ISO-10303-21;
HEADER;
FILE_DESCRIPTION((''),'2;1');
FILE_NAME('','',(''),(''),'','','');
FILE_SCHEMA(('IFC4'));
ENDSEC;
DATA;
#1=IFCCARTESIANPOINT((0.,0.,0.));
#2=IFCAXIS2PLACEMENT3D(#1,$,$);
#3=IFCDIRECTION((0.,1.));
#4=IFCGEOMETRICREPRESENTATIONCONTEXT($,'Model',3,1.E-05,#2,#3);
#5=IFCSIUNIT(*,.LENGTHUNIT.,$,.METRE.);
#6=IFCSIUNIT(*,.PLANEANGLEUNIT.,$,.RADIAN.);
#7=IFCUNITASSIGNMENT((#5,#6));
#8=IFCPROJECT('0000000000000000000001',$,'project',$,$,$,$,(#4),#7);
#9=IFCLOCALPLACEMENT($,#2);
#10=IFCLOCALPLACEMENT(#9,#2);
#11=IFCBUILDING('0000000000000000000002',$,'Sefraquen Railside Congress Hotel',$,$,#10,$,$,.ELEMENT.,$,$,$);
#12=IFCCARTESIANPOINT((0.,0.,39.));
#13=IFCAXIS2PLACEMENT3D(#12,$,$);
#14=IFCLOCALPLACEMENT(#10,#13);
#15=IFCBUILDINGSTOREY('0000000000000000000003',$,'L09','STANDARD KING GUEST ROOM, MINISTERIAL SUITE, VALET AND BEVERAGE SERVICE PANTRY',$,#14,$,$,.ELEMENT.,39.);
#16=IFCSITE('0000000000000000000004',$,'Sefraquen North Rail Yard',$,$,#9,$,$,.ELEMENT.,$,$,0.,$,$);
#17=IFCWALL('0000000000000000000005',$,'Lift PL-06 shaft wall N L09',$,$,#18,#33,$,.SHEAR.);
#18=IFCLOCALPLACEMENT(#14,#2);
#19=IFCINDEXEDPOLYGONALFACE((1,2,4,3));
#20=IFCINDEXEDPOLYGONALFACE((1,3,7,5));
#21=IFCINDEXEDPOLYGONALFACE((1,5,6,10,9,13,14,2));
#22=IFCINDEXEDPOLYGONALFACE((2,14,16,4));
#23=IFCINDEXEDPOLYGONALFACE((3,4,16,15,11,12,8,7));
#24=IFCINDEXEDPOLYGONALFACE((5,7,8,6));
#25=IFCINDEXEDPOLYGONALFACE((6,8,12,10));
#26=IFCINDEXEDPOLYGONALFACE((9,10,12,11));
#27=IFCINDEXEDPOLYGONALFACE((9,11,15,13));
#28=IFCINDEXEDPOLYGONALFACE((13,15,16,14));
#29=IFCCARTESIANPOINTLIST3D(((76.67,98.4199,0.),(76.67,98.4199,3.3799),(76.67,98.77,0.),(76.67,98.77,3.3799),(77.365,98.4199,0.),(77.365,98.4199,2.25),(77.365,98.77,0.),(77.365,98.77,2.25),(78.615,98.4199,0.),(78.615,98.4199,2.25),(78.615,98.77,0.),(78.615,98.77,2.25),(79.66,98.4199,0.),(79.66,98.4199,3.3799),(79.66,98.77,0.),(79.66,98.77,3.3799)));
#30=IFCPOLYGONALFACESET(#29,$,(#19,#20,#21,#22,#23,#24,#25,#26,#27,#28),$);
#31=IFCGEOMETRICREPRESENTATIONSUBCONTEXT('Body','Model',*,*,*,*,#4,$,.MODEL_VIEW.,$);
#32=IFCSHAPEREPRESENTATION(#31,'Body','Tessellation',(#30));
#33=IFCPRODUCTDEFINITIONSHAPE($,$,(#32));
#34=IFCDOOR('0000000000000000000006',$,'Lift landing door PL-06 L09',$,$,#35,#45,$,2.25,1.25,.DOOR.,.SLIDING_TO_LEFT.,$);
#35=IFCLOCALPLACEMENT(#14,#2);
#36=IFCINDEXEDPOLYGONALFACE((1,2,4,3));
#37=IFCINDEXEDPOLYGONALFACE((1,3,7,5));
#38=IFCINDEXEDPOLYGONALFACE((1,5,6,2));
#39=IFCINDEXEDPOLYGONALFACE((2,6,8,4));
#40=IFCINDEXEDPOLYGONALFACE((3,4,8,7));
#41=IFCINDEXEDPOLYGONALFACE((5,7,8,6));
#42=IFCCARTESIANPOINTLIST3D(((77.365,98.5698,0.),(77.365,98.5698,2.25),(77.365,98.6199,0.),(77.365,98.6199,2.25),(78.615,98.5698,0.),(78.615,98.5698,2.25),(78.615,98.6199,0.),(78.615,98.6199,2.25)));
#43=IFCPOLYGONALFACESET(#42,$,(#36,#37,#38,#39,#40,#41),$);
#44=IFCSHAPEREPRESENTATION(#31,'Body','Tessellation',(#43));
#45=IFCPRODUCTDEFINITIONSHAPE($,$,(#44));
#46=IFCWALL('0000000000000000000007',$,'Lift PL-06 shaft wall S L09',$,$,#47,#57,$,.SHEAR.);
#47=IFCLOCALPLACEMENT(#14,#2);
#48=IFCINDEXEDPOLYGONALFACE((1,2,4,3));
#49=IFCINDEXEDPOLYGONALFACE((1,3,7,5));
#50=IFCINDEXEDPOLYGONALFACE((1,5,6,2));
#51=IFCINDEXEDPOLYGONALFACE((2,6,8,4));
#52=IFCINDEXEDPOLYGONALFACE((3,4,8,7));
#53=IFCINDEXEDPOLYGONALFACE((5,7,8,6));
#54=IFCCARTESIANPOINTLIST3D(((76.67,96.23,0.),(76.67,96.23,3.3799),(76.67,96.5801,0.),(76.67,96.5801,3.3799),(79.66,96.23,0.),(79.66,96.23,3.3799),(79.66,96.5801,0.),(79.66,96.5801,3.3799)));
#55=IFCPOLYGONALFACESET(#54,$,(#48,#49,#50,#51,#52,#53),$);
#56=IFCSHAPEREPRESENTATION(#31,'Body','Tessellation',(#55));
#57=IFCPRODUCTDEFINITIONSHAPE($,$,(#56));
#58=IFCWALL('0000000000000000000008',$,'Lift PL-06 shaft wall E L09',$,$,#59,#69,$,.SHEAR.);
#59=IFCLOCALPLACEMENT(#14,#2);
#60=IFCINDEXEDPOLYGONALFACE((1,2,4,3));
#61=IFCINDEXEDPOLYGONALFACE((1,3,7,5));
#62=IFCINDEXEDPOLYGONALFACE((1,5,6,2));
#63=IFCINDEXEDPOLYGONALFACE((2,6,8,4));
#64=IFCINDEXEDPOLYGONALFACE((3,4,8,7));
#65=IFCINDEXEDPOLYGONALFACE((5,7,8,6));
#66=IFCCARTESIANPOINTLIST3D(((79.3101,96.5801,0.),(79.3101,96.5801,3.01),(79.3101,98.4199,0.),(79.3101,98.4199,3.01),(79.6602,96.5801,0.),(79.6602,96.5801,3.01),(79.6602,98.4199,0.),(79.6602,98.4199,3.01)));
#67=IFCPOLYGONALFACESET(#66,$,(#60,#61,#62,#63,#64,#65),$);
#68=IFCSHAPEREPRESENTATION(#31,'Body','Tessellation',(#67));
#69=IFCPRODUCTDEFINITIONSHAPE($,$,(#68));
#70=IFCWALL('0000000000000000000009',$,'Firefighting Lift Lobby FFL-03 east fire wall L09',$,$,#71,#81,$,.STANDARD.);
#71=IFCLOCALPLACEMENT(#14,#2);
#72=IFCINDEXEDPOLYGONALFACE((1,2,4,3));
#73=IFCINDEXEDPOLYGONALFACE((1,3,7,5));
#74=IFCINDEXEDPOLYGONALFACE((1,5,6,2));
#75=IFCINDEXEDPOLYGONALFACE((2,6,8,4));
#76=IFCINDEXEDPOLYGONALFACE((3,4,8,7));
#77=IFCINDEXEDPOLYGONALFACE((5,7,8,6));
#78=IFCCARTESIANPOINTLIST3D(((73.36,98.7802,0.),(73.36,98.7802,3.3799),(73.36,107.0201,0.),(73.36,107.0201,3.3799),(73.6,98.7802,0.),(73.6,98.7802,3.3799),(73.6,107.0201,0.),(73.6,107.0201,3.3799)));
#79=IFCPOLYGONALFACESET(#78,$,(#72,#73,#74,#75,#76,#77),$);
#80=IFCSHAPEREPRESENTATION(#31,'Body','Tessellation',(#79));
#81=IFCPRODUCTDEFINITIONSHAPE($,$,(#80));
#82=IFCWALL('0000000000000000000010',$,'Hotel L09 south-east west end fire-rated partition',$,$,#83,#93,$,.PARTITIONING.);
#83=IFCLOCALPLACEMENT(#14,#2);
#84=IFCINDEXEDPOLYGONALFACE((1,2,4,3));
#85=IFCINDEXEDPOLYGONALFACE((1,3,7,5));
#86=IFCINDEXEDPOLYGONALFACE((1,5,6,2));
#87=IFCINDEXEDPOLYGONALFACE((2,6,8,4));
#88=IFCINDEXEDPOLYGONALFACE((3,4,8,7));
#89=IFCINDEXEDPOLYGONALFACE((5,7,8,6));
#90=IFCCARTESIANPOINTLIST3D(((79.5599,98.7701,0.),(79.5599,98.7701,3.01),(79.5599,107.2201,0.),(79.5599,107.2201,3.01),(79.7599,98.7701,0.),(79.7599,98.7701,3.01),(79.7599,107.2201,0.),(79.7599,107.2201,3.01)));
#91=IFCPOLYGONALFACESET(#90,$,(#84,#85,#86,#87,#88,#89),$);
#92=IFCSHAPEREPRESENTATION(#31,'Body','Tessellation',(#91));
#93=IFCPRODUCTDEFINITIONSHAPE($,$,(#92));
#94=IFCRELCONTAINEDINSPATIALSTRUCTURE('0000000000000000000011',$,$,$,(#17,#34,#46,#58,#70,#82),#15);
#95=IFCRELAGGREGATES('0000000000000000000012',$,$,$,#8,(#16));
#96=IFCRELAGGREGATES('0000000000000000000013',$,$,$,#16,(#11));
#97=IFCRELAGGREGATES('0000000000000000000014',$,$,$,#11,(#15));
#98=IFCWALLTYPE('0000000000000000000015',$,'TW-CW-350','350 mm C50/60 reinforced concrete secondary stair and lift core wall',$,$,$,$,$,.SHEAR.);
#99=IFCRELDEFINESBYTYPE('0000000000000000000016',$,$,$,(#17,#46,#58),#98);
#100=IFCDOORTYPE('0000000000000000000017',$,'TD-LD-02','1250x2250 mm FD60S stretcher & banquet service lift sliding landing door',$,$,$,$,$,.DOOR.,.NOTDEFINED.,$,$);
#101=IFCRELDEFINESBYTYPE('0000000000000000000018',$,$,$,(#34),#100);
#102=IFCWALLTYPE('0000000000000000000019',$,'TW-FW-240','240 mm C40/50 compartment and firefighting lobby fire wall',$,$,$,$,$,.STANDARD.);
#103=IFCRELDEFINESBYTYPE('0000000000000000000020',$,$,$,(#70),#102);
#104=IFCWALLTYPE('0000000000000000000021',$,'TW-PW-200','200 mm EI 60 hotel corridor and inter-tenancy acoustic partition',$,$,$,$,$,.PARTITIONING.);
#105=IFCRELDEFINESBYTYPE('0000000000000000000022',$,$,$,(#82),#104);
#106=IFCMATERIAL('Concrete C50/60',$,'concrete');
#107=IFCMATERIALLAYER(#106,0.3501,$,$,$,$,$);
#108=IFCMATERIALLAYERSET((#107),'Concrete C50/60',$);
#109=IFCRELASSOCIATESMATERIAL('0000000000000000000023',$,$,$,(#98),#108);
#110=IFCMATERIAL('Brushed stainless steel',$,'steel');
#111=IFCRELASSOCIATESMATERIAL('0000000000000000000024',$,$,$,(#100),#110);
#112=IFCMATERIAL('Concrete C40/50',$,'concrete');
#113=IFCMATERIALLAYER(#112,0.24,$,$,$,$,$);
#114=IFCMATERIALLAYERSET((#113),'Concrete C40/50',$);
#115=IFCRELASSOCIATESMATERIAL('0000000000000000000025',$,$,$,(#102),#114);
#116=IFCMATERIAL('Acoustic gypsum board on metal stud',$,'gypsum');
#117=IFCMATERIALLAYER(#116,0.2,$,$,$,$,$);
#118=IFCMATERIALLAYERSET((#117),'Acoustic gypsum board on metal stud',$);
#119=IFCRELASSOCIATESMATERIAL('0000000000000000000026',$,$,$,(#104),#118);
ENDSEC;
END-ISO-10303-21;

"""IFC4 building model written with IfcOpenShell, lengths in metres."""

from ifc_helpers import new_model, si_unit, direction, frame, frame_2d, origin, place, context, subcontext, project, spatial, rectangle, extrude, material, layer, layer_set, type_object, element, fill, save


model = new_model("IFC4")

# Units and contexts
model_context = context("Model", 3, precision=1e-05, world=origin(), true_north=direction((0.0, 1.0)))
body_context = subcontext(model_context, "Body", "Model", "MODEL_VIEW")
ifc_project = project(units=[si_unit("LENGTHUNIT", "METRE"), si_unit("PLANEANGLEUNIT", "RADIAN")], contexts=[model_context])

# Site, building, storey
site_placement = place(None, origin())
site = spatial("IfcSite", under=ifc_project, at=site_placement, Name="Sefraquen North Rail Yard", CompositionType="ELEMENT", RefElevation=0.0)
building_placement = place(site_placement, origin())
building = spatial("IfcBuilding", under=site, at=building_placement, Name="Sefraquen Railside Congress Hotel", CompositionType="ELEMENT")
storey_placement = place(building_placement, frame((0.0, 0.0, 39.0)))
storey = spatial("IfcBuildingStorey", under=building, at=storey_placement, Name="L09", Description="STANDARD KING GUEST ROOM, MINISTERIAL SUITE, VALET AND BEVERAGE SERVICE PANTRY", CompositionType="ELEMENT", Elevation=39.0)

# Shared definitions
ifc_material_1 = material(Name="Concrete C50/60", Category="concrete")
ifc_layer_1 = layer(ifc_material_1, 0.3501)
ifc_layer_set_1 = layer_set([ifc_layer_1], Name="Concrete C50/60")
wall_type_1 = type_object("IfcWallType", Name="TW-CW-350", Description="350 mm C50/60 reinforced concrete secondary stair and lift core wall", PredefinedType="SHEAR", material=ifc_layer_set_1)
ifc_material_2 = material(Name="Brushed stainless steel", Category="steel")
door_type = type_object("IfcDoorType", Name="TD-LD-02", Description="1250x2250 mm FD60S stretcher & banquet service lift sliding landing door", OperationType="NOTDEFINED", PredefinedType="DOOR", material=ifc_material_2)

# Wall, opening, door
wall_1_placement = place(storey_placement, frame((76.6699, 98.595, 0.0), z_axis=(0.0, 0.0, 1.0), x_axis=(1.0, 0.0, 0.0)))
wall_1 = element("IfcWall", 1, at=wall_1_placement, inside=storey, type_object=wall_type_1, Name="Lift PL-06 shaft wall N L09", PredefinedType="SHEAR", context=body_context, shape_type="SweptSolid", body=[
    extrude(rectangle(XDim=2.99, YDim=0.3501, at=frame_2d((1.4951, 0.0))), origin(), (0.0, 0.0, 1.0), 3.3799),
])
opening_1_placement = place(wall_1_placement, frame((0.6951, 0.0, 0.0)))
opening_1 = element("IfcOpeningElement", 2, at=opening_1_placement, cuts=wall_1, PredefinedType="OPENING", context=body_context, shape_type="SweptSolid", body=[
    extrude(rectangle(XDim=1.25, YDim=2.25, at=frame_2d((0.625, 1.125))), frame((0.0, 0.1851, 0.0), z_axis=(0.0, -1.0, 0.0), x_axis=(1.0, 0.0, 0.0)), (0.0, 0.0, 1.0), 0.3701),
])
door_1_placement = place(opening_1_placement, origin())
door_1 = element("IfcDoor", 3, at=door_1_placement, inside=storey, type_object=door_type, Name="Lift landing door PL-06 L09", OperationType="SLIDING_TO_LEFT", OverallHeight=2.25, OverallWidth=1.25, PredefinedType="DOOR", context=body_context, shape_type="SweptSolid", body=[
    extrude(rectangle(XDim=1.25, YDim=2.25, at=frame_2d((0.625, 1.125))), frame((0.0, 0.0249, 0.0), z_axis=(0.0, -1.0, 0.0), x_axis=(1.0, 0.0, 0.0)), (0.0, 0.0, 1.0), 0.05),
])
fill(opening_1, door_1)

# Walls
wall_2_placement = place(storey_placement, frame((76.6699, 96.405, 0.0), z_axis=(0.0, 0.0, 1.0), x_axis=(1.0, 0.0, 0.0)))
element("IfcWall", 4, at=wall_2_placement, inside=storey, type_object=wall_type_1, Name="Lift PL-06 shaft wall S L09", PredefinedType="SHEAR", context=body_context, shape_type="SweptSolid", body=[
    extrude(rectangle(XDim=2.99, YDim=0.3501, at=frame_2d((1.4951, 0.0))), origin(), (0.0, 0.0, 1.0), 3.3799),
])
wall_3_placement = place(storey_placement, frame((79.4851, 96.5801, 0.0), z_axis=(0.0, 0.0, 1.0), x_axis=(0.0, 1.0, 0.0)))
element("IfcWall", 5, at=wall_3_placement, inside=storey, type_object=wall_type_1, Name="Lift PL-06 shaft wall E L09", PredefinedType="SHEAR", context=body_context, shape_type="SweptSolid", body=[
    extrude(rectangle(XDim=1.8398, YDim=0.3501, at=frame_2d((0.9199, 0.0))), origin(), (0.0, 0.0, 1.0), 3.01),
])
ifc_material_3 = material(Name="Concrete C40/50", Category="concrete")
ifc_layer_2 = layer(ifc_material_3, 0.24)
ifc_layer_set_2 = layer_set([ifc_layer_2], Name="Concrete C40/50")
wall_type_2 = type_object("IfcWallType", Name="TW-FW-240", Description="240 mm C40/50 compartment and firefighting lobby fire wall", PredefinedType="STANDARD", material=ifc_layer_set_2)
wall_4_placement = place(storey_placement, frame((73.48, 98.78, 0.0), z_axis=(0.0, 0.0, 1.0), x_axis=(0.0, 1.0, 0.0)))
element("IfcWall", 6, at=wall_4_placement, inside=storey, type_object=wall_type_2, Name="Firefighting Lift Lobby FFL-03 east fire wall L09", PredefinedType="STANDARD", context=body_context, shape_type="SweptSolid", body=[
    extrude(rectangle(XDim=8.24, YDim=0.24, at=frame_2d((4.1201, 0.0))), origin(), (0.0, 0.0, 1.0), 3.3799),
])
ifc_material_4 = material(Name="Acoustic gypsum board on metal stud", Category="gypsum")
ifc_layer_3 = layer(ifc_material_4, 0.2)
ifc_layer_set_3 = layer_set([ifc_layer_3], Name="Acoustic gypsum board on metal stud")
wall_type_3 = type_object("IfcWallType", Name="TW-PW-200", Description="200 mm EI 60 hotel corridor and inter-tenancy acoustic partition", PredefinedType="PARTITIONING", material=ifc_layer_set_3)
wall_5_placement = place(storey_placement, frame((79.6599, 98.77, 0.0), z_axis=(0.0, 0.0, 1.0), x_axis=(0.0, 1.0, 0.0)))
element("IfcWall", 7, at=wall_5_placement, inside=storey, type_object=wall_type_3, Name="Hotel L09 south-east west end fire-rated partition", PredefinedType="PARTITIONING", context=body_context, shape_type="SweptSolid", body=[
    extrude(rectangle(XDim=8.45, YDim=0.2, at=frame_2d((4.2251, 0.0))), origin(), (0.0, 0.0, 1.0), 3.01),
])

save(model, "model.ifc")
